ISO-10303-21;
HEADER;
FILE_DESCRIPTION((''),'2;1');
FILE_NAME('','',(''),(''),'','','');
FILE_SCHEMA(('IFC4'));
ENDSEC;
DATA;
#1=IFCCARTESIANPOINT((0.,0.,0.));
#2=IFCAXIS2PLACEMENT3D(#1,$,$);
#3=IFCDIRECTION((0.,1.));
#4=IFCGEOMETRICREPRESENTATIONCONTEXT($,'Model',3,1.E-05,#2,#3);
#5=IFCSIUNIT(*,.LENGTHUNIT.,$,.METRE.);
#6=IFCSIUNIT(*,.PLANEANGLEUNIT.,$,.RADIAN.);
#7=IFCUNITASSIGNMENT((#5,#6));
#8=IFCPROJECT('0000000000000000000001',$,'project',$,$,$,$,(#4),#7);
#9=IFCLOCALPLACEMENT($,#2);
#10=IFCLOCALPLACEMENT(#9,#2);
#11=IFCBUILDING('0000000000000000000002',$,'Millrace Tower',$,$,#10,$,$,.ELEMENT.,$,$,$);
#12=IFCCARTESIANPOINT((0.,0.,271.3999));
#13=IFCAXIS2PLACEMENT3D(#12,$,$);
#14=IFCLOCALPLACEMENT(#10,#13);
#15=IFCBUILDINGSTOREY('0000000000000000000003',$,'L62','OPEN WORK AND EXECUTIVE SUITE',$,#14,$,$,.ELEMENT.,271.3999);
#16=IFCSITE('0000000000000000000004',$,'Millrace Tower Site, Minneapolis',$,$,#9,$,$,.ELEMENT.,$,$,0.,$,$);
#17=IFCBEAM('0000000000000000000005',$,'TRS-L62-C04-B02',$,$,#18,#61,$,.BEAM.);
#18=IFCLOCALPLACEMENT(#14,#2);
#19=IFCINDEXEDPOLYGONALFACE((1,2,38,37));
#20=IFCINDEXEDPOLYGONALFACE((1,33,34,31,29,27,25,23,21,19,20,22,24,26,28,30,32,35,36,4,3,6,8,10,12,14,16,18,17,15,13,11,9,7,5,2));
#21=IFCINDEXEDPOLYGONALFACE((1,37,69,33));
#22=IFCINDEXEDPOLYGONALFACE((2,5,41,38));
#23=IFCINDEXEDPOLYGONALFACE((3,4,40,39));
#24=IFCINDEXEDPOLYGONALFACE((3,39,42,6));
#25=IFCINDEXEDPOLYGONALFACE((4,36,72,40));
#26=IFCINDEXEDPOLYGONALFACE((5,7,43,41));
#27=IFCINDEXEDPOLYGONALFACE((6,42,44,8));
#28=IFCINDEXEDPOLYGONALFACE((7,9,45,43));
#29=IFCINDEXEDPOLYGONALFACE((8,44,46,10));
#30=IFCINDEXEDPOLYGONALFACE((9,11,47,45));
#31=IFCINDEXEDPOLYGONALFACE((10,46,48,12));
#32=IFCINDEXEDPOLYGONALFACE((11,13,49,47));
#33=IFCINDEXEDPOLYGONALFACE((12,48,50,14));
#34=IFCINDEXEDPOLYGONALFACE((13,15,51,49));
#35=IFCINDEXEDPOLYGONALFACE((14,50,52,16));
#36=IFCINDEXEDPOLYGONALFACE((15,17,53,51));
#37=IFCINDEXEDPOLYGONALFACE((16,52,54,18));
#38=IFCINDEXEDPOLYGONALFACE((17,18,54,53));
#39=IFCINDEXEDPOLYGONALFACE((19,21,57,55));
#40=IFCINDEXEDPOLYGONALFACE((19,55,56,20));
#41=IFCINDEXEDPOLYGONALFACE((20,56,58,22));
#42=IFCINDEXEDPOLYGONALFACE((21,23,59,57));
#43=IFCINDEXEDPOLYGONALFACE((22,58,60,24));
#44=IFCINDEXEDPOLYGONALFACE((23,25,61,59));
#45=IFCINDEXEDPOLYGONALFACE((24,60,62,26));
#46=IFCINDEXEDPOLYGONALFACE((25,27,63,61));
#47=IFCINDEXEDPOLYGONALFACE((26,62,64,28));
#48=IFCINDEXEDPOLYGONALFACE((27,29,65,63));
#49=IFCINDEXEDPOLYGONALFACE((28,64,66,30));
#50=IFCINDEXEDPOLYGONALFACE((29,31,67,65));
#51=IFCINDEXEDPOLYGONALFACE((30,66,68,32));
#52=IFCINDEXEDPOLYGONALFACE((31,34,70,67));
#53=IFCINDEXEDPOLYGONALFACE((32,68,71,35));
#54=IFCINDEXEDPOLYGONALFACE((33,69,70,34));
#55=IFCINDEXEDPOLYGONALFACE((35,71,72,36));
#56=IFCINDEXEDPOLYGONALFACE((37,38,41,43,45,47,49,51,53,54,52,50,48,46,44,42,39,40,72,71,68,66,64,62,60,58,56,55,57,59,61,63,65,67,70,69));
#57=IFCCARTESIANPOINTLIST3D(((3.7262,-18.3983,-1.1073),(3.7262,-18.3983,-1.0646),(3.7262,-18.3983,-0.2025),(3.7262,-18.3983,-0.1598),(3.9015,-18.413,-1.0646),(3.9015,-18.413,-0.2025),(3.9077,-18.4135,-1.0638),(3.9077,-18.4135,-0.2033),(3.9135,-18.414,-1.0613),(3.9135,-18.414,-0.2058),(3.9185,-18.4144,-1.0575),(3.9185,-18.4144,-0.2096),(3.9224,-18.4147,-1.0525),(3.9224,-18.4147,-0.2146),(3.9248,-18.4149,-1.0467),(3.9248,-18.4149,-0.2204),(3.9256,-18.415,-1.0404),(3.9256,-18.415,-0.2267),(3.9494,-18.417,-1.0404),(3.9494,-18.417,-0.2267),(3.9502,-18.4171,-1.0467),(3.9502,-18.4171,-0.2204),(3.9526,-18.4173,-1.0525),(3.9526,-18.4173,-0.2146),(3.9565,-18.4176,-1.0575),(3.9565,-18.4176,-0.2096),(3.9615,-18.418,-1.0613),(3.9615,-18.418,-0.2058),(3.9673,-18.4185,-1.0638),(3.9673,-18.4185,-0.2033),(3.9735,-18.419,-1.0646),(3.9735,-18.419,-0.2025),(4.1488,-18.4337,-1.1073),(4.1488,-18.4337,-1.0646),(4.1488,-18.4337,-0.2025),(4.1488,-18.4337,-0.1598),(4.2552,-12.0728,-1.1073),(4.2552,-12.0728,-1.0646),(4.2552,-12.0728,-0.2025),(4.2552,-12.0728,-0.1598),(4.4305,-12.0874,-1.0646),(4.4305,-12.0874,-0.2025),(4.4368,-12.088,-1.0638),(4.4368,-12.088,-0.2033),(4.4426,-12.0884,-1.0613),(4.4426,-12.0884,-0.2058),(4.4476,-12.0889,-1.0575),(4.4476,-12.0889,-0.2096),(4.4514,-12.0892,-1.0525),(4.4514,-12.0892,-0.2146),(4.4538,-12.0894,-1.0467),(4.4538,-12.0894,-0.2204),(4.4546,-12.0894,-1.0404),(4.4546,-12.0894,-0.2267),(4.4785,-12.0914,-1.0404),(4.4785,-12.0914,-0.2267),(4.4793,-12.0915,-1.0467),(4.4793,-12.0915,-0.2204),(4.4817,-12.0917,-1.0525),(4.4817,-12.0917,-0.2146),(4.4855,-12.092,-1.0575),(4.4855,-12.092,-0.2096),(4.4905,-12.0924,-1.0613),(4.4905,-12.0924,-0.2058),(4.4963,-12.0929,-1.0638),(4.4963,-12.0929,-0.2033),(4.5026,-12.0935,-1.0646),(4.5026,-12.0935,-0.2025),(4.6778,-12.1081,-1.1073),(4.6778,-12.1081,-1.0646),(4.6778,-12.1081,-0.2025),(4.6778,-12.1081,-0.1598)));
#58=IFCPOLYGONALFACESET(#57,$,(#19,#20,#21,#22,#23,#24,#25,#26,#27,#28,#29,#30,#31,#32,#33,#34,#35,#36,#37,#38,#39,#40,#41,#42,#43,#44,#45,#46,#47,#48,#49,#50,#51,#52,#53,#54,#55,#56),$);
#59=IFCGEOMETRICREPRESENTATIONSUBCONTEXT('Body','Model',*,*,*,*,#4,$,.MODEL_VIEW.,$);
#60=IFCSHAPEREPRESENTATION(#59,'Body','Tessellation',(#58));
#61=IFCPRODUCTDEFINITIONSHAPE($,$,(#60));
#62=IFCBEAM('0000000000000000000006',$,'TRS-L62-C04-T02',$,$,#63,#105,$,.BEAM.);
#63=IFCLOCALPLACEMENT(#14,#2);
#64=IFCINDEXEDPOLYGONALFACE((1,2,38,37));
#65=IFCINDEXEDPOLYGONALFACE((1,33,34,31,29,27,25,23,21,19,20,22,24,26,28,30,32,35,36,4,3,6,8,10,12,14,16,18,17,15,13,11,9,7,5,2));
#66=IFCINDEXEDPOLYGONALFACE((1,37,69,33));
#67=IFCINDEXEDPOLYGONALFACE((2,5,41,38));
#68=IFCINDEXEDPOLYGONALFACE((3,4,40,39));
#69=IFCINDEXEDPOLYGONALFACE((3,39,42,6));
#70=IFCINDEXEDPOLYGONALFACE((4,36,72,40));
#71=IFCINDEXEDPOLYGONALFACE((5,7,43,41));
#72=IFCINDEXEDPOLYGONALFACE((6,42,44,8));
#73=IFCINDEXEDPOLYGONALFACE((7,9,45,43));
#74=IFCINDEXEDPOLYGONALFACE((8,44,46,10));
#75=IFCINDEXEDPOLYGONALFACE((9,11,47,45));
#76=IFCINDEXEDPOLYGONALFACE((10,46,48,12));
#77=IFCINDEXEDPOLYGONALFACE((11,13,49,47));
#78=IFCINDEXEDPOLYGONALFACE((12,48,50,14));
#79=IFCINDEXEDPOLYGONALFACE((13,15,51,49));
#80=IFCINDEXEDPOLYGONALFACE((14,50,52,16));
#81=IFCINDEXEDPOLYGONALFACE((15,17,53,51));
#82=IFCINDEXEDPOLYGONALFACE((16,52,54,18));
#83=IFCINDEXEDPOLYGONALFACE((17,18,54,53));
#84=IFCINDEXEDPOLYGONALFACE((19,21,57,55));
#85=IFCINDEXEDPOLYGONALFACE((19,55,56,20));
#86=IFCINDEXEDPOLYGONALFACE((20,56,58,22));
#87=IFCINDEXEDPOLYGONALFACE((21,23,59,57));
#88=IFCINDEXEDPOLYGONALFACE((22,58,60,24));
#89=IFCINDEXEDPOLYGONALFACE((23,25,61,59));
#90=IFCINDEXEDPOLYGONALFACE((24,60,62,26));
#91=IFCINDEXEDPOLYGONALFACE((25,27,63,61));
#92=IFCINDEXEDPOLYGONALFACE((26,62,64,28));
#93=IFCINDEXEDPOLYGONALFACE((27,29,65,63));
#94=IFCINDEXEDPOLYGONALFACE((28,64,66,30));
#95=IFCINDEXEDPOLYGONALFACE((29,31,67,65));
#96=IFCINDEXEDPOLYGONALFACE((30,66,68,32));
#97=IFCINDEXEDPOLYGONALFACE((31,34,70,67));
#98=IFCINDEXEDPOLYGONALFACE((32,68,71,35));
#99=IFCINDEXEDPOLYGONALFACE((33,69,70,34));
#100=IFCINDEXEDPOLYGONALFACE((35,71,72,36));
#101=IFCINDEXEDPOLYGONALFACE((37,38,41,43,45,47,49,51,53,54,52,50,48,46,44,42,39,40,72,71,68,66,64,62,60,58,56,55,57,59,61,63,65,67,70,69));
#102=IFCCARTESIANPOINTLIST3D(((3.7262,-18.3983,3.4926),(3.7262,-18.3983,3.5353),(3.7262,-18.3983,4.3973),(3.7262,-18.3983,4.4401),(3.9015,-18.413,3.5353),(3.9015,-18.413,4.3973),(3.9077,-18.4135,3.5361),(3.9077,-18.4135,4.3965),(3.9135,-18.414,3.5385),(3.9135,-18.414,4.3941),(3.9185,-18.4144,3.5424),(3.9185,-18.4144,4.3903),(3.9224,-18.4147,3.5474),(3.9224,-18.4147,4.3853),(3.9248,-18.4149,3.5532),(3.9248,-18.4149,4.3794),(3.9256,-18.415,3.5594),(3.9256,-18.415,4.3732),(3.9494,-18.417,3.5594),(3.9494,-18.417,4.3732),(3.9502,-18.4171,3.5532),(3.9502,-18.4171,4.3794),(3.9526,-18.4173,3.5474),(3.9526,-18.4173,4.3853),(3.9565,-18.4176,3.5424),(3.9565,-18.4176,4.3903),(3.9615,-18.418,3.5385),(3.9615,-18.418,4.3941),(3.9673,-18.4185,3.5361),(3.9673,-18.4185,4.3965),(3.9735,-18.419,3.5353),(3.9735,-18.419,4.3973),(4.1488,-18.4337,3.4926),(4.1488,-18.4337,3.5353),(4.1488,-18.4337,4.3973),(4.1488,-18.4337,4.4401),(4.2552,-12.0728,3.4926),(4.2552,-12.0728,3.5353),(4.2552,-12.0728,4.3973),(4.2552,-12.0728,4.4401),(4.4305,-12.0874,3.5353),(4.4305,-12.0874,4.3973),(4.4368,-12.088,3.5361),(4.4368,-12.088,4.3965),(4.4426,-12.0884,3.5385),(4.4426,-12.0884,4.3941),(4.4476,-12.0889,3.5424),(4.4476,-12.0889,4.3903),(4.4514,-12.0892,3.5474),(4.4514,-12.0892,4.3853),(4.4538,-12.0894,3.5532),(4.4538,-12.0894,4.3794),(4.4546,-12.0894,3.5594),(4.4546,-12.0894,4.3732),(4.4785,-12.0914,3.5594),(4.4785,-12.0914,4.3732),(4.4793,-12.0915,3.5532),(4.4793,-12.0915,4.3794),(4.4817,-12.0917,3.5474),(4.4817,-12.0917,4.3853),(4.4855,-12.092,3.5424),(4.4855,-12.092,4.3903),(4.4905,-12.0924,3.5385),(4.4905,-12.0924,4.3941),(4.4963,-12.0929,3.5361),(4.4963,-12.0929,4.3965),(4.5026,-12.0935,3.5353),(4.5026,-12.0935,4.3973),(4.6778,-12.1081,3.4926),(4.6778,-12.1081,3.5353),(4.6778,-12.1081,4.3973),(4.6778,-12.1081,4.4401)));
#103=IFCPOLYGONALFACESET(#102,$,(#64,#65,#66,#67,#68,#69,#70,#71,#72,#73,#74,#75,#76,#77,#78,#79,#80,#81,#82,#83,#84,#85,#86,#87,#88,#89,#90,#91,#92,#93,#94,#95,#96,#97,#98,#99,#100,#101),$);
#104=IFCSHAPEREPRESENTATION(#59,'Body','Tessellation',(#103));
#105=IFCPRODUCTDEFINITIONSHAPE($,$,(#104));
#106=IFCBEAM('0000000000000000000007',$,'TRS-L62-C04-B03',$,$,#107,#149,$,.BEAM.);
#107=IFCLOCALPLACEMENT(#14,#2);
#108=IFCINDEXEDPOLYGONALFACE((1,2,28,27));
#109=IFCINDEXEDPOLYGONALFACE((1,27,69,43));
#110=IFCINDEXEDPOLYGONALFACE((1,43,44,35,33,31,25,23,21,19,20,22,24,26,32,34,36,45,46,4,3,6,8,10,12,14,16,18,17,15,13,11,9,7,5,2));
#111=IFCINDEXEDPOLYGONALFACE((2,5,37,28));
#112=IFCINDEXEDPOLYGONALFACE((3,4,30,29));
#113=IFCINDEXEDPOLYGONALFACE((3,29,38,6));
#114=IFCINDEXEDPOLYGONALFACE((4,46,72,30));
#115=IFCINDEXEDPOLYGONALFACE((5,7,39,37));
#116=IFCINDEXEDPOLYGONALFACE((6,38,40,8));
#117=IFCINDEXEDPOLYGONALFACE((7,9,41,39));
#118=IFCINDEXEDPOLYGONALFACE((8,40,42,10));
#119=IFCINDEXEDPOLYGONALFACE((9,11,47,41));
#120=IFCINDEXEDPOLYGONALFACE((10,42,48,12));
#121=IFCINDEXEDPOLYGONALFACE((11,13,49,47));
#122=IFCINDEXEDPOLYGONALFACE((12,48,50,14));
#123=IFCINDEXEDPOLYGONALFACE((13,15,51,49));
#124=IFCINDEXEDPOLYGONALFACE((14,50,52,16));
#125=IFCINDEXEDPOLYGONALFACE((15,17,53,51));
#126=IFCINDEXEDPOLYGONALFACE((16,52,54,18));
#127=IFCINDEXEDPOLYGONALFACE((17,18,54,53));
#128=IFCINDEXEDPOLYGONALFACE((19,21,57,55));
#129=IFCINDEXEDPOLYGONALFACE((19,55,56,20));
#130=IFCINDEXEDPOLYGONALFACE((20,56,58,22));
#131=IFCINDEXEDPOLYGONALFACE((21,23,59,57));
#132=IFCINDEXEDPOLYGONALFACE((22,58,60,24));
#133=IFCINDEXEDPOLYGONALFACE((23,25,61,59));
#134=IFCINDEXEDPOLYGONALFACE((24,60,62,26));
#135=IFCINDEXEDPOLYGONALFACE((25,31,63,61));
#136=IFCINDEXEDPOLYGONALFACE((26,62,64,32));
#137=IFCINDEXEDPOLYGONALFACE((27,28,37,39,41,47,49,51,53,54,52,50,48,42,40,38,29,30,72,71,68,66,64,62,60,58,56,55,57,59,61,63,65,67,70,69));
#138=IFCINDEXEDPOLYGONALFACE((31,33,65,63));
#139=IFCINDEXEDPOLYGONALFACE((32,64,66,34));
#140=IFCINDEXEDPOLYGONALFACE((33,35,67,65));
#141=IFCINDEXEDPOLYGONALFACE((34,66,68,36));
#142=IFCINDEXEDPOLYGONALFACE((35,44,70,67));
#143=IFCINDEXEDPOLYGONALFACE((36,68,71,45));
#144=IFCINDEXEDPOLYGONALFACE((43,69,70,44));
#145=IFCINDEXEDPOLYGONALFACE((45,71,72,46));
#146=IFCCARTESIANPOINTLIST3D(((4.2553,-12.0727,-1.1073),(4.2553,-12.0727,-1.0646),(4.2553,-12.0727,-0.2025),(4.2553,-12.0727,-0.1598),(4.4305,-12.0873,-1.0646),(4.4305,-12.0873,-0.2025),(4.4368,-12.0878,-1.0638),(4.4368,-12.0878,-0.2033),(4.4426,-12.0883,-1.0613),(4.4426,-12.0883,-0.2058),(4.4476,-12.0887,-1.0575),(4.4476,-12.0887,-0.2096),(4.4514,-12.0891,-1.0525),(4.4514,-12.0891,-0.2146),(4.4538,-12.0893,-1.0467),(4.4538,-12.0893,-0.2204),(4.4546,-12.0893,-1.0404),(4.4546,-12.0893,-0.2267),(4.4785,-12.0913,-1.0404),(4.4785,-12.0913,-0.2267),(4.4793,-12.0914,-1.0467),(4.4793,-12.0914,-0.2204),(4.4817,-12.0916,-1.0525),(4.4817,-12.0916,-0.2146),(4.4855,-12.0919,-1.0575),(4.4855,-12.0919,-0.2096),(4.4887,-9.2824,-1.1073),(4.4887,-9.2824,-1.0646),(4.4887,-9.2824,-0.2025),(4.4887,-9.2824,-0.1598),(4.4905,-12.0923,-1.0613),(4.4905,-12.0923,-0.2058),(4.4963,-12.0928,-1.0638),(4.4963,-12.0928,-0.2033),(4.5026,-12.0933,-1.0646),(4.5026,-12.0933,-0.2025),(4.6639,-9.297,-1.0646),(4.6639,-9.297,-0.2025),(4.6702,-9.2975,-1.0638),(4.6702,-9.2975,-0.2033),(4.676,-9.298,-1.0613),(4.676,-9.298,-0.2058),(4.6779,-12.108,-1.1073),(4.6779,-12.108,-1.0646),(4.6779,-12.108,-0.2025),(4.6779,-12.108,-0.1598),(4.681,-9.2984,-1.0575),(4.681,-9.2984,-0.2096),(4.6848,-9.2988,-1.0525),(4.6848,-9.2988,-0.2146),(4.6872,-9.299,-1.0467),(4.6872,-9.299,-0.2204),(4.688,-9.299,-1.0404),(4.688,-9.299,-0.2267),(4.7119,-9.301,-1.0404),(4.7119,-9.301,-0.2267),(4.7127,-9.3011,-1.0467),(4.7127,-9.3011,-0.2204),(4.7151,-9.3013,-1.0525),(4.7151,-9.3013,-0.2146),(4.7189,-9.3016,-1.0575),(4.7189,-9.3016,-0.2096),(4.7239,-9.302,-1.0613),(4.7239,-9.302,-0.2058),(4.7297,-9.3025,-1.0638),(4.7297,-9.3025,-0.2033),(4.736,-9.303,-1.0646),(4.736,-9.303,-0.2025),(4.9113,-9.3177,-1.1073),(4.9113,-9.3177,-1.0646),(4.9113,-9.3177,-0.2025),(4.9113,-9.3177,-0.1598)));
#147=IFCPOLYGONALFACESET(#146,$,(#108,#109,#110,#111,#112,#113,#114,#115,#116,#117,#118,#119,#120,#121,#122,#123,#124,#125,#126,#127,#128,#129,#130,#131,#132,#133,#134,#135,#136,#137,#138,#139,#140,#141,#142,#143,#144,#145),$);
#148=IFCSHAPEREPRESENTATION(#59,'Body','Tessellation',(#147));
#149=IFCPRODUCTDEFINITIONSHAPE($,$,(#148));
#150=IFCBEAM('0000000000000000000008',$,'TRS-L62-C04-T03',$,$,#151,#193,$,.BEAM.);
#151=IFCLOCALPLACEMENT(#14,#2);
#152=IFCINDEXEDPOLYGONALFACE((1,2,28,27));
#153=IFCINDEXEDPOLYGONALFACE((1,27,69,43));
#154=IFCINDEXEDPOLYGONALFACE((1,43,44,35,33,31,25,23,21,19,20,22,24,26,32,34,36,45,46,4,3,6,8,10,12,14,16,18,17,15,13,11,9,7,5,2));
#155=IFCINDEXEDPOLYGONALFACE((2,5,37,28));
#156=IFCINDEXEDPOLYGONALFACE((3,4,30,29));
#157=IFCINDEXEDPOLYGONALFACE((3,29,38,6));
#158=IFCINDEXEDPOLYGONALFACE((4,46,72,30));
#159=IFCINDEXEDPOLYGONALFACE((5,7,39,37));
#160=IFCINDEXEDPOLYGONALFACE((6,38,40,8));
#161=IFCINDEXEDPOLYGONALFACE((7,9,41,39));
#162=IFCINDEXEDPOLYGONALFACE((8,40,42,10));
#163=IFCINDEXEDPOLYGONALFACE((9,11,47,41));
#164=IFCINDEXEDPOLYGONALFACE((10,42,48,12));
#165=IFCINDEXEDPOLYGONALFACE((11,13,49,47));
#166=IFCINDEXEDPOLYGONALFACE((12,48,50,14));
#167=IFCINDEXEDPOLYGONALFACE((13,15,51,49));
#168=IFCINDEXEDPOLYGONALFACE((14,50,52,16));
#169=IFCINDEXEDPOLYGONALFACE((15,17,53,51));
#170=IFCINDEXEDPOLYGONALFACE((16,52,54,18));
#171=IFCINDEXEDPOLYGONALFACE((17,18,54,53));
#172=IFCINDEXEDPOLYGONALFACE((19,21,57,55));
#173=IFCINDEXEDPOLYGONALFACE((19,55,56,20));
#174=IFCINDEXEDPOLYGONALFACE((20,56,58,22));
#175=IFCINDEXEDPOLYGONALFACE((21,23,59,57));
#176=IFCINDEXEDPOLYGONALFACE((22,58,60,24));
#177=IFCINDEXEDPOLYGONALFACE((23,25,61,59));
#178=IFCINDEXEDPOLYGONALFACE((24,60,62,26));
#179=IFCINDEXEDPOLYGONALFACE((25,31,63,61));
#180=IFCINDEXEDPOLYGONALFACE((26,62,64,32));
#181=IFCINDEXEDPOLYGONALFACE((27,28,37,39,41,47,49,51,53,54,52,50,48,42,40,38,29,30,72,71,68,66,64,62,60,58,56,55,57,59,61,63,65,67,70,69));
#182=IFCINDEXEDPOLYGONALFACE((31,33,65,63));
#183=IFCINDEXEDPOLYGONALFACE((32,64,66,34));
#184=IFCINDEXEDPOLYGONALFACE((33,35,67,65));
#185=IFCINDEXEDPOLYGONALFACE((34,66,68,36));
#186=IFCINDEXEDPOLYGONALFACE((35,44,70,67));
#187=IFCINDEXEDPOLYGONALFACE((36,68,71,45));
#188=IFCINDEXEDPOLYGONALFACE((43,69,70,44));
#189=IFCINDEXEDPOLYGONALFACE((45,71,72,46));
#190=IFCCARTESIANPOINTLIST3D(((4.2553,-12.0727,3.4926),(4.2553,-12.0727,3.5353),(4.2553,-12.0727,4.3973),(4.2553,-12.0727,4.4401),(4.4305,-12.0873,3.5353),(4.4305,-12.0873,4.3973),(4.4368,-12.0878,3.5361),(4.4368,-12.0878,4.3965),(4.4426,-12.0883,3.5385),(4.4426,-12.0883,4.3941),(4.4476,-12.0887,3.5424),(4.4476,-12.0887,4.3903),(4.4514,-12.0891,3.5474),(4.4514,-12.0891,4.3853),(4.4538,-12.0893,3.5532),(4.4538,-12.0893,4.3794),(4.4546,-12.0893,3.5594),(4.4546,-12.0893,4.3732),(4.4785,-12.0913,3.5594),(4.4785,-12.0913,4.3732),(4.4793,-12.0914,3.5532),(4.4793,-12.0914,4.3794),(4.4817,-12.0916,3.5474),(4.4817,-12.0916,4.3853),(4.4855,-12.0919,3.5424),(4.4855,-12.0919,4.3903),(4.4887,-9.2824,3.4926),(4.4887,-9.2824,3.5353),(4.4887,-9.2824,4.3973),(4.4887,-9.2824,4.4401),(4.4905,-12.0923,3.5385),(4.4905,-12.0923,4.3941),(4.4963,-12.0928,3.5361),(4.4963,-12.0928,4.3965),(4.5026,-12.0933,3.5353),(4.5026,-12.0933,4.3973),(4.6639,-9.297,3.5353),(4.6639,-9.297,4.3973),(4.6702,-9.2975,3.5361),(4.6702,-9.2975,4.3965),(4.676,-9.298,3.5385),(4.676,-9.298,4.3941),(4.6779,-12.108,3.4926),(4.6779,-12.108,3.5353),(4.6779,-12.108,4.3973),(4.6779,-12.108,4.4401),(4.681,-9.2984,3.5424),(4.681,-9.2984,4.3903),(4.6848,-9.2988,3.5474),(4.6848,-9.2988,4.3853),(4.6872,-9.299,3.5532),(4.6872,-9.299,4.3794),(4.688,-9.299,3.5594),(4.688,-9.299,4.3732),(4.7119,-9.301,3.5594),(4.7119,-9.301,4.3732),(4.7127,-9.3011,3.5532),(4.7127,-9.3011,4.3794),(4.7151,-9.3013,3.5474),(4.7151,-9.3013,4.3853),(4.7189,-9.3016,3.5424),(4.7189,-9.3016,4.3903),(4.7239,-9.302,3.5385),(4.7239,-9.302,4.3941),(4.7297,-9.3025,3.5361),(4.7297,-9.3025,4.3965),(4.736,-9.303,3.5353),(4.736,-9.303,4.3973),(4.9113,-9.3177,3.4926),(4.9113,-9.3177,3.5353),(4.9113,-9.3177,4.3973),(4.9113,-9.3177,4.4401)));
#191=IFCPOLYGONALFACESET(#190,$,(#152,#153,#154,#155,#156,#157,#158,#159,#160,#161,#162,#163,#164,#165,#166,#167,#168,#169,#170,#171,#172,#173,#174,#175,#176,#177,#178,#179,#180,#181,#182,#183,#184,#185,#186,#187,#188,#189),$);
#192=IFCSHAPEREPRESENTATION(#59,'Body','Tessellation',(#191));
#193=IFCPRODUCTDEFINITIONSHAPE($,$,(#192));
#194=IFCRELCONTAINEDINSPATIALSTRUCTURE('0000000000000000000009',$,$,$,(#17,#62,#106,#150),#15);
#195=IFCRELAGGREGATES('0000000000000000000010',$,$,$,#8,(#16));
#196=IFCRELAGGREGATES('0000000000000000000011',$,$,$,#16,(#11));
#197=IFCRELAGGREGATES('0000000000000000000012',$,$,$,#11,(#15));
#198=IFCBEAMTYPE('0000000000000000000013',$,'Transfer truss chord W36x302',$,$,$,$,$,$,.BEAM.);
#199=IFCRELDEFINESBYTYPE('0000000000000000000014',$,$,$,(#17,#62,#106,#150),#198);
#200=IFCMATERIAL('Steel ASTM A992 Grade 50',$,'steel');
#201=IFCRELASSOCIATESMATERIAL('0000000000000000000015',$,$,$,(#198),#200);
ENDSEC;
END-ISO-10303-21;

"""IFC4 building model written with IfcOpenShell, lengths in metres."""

from ifc_helpers import new_model, si_unit, direction, frame, origin, origin_2d, place, context, subcontext, project, spatial, i_section, extrude, material, material_profile, profile_set, type_object, element, save


model = new_model("IFC4")

# Units and contexts
model_context = context("Model", 3, precision=1e-05, world=origin(), true_north=direction((0.0, 1.0)))
body_context = subcontext(model_context, "Body", "Model", "MODEL_VIEW")
ifc_project = project(units=[si_unit("LENGTHUNIT", "METRE"), si_unit("PLANEANGLEUNIT", "RADIAN")], contexts=[model_context])

# Site, building, storey
site_placement = place(None, origin())
site = spatial("IfcSite", under=ifc_project, at=site_placement, Name="Millrace Tower Site, Minneapolis", CompositionType="ELEMENT", RefElevation=0.0)
building_placement = place(site_placement, origin())
building = spatial("IfcBuilding", under=site, at=building_placement, Name="Millrace Tower", CompositionType="ELEMENT")
storey_placement = place(building_placement, frame((0.0, 0.0, 271.3999)))
storey = spatial("IfcBuildingStorey", under=building, at=storey_placement, Name="L62", Description="OPEN WORK AND EXECUTIVE SUITE", CompositionType="ELEMENT", Elevation=271.3999)

# Beams
ifc_material_1 = material(Name="Steel ASTM A992 Grade 50", Category="steel")
ifc_material_profile_1 = material_profile(ifc_material_1, i_section(OverallWidth=0.4241, OverallDepth=0.9475, WebThickness=0.0239, FlangeThickness=0.0427, FilletRadius=0.0242, at=origin_2d()))
ifc_profile_set_1 = profile_set([ifc_material_profile_1], Name="Steel ASTM A992 Grade 50")
beam_type_1 = type_object("IfcBeamType", Name="Transfer truss chord W36x302", PredefinedType="BEAM", material=ifc_profile_set_1)
for number, where, z_axis, x_axis, name in (
    (1, (3.9375, -18.416, -0.6335), (0.083345, 0.996521, 0.0), (-0.996521, 0.083345, 0.0), "TRS-L62-C04-B02"),
    (2, (3.9375, -18.416, 3.9663), (0.083345, 0.996521, 0.0), (-0.996521, 0.083345, 0.0), "TRS-L62-C04-T02"),
):
    element("IfcBeam", number, at=place(storey_placement, frame(where, z_axis=z_axis, x_axis=x_axis)), inside=storey, type_object=beam_type_1, Name=name, PredefinedType="BEAM", context=body_context, shape_type="SweptSolid", body=[
        extrude(i_section(OverallWidth=0.4241, OverallDepth=0.9475, WebThickness=0.0239, FlangeThickness=0.0427, FilletRadius=0.0242, at=origin_2d()), origin(), (0.0, 0.0, 1.0), 6.3477),
    ])
for number, where, z_axis, x_axis, name in (
    (3, (4.4666, -12.0903, -0.6335), (0.083356, 0.99652, 0.0), (-0.99652, 0.083356, 0.0), "TRS-L62-C04-B03"),
    (4, (4.4666, -12.0903, 3.9663), (0.083356, 0.99652, 0.0), (-0.99652, 0.083356, 0.0), "TRS-L62-C04-T03"),
):
    element("IfcBeam", number, at=place(storey_placement, frame(where, z_axis=z_axis, x_axis=x_axis)), inside=storey, type_object=beam_type_1, Name=name, PredefinedType="BEAM", context=body_context, shape_type="SweptSolid", body=[
        extrude(i_section(OverallWidth=0.4241, OverallDepth=0.9475, WebThickness=0.0239, FlangeThickness=0.0427, FilletRadius=0.0242, at=origin_2d()), origin(), (0.0, 0.0, 1.0), 2.8),
    ])

save(model, "model.ifc")
